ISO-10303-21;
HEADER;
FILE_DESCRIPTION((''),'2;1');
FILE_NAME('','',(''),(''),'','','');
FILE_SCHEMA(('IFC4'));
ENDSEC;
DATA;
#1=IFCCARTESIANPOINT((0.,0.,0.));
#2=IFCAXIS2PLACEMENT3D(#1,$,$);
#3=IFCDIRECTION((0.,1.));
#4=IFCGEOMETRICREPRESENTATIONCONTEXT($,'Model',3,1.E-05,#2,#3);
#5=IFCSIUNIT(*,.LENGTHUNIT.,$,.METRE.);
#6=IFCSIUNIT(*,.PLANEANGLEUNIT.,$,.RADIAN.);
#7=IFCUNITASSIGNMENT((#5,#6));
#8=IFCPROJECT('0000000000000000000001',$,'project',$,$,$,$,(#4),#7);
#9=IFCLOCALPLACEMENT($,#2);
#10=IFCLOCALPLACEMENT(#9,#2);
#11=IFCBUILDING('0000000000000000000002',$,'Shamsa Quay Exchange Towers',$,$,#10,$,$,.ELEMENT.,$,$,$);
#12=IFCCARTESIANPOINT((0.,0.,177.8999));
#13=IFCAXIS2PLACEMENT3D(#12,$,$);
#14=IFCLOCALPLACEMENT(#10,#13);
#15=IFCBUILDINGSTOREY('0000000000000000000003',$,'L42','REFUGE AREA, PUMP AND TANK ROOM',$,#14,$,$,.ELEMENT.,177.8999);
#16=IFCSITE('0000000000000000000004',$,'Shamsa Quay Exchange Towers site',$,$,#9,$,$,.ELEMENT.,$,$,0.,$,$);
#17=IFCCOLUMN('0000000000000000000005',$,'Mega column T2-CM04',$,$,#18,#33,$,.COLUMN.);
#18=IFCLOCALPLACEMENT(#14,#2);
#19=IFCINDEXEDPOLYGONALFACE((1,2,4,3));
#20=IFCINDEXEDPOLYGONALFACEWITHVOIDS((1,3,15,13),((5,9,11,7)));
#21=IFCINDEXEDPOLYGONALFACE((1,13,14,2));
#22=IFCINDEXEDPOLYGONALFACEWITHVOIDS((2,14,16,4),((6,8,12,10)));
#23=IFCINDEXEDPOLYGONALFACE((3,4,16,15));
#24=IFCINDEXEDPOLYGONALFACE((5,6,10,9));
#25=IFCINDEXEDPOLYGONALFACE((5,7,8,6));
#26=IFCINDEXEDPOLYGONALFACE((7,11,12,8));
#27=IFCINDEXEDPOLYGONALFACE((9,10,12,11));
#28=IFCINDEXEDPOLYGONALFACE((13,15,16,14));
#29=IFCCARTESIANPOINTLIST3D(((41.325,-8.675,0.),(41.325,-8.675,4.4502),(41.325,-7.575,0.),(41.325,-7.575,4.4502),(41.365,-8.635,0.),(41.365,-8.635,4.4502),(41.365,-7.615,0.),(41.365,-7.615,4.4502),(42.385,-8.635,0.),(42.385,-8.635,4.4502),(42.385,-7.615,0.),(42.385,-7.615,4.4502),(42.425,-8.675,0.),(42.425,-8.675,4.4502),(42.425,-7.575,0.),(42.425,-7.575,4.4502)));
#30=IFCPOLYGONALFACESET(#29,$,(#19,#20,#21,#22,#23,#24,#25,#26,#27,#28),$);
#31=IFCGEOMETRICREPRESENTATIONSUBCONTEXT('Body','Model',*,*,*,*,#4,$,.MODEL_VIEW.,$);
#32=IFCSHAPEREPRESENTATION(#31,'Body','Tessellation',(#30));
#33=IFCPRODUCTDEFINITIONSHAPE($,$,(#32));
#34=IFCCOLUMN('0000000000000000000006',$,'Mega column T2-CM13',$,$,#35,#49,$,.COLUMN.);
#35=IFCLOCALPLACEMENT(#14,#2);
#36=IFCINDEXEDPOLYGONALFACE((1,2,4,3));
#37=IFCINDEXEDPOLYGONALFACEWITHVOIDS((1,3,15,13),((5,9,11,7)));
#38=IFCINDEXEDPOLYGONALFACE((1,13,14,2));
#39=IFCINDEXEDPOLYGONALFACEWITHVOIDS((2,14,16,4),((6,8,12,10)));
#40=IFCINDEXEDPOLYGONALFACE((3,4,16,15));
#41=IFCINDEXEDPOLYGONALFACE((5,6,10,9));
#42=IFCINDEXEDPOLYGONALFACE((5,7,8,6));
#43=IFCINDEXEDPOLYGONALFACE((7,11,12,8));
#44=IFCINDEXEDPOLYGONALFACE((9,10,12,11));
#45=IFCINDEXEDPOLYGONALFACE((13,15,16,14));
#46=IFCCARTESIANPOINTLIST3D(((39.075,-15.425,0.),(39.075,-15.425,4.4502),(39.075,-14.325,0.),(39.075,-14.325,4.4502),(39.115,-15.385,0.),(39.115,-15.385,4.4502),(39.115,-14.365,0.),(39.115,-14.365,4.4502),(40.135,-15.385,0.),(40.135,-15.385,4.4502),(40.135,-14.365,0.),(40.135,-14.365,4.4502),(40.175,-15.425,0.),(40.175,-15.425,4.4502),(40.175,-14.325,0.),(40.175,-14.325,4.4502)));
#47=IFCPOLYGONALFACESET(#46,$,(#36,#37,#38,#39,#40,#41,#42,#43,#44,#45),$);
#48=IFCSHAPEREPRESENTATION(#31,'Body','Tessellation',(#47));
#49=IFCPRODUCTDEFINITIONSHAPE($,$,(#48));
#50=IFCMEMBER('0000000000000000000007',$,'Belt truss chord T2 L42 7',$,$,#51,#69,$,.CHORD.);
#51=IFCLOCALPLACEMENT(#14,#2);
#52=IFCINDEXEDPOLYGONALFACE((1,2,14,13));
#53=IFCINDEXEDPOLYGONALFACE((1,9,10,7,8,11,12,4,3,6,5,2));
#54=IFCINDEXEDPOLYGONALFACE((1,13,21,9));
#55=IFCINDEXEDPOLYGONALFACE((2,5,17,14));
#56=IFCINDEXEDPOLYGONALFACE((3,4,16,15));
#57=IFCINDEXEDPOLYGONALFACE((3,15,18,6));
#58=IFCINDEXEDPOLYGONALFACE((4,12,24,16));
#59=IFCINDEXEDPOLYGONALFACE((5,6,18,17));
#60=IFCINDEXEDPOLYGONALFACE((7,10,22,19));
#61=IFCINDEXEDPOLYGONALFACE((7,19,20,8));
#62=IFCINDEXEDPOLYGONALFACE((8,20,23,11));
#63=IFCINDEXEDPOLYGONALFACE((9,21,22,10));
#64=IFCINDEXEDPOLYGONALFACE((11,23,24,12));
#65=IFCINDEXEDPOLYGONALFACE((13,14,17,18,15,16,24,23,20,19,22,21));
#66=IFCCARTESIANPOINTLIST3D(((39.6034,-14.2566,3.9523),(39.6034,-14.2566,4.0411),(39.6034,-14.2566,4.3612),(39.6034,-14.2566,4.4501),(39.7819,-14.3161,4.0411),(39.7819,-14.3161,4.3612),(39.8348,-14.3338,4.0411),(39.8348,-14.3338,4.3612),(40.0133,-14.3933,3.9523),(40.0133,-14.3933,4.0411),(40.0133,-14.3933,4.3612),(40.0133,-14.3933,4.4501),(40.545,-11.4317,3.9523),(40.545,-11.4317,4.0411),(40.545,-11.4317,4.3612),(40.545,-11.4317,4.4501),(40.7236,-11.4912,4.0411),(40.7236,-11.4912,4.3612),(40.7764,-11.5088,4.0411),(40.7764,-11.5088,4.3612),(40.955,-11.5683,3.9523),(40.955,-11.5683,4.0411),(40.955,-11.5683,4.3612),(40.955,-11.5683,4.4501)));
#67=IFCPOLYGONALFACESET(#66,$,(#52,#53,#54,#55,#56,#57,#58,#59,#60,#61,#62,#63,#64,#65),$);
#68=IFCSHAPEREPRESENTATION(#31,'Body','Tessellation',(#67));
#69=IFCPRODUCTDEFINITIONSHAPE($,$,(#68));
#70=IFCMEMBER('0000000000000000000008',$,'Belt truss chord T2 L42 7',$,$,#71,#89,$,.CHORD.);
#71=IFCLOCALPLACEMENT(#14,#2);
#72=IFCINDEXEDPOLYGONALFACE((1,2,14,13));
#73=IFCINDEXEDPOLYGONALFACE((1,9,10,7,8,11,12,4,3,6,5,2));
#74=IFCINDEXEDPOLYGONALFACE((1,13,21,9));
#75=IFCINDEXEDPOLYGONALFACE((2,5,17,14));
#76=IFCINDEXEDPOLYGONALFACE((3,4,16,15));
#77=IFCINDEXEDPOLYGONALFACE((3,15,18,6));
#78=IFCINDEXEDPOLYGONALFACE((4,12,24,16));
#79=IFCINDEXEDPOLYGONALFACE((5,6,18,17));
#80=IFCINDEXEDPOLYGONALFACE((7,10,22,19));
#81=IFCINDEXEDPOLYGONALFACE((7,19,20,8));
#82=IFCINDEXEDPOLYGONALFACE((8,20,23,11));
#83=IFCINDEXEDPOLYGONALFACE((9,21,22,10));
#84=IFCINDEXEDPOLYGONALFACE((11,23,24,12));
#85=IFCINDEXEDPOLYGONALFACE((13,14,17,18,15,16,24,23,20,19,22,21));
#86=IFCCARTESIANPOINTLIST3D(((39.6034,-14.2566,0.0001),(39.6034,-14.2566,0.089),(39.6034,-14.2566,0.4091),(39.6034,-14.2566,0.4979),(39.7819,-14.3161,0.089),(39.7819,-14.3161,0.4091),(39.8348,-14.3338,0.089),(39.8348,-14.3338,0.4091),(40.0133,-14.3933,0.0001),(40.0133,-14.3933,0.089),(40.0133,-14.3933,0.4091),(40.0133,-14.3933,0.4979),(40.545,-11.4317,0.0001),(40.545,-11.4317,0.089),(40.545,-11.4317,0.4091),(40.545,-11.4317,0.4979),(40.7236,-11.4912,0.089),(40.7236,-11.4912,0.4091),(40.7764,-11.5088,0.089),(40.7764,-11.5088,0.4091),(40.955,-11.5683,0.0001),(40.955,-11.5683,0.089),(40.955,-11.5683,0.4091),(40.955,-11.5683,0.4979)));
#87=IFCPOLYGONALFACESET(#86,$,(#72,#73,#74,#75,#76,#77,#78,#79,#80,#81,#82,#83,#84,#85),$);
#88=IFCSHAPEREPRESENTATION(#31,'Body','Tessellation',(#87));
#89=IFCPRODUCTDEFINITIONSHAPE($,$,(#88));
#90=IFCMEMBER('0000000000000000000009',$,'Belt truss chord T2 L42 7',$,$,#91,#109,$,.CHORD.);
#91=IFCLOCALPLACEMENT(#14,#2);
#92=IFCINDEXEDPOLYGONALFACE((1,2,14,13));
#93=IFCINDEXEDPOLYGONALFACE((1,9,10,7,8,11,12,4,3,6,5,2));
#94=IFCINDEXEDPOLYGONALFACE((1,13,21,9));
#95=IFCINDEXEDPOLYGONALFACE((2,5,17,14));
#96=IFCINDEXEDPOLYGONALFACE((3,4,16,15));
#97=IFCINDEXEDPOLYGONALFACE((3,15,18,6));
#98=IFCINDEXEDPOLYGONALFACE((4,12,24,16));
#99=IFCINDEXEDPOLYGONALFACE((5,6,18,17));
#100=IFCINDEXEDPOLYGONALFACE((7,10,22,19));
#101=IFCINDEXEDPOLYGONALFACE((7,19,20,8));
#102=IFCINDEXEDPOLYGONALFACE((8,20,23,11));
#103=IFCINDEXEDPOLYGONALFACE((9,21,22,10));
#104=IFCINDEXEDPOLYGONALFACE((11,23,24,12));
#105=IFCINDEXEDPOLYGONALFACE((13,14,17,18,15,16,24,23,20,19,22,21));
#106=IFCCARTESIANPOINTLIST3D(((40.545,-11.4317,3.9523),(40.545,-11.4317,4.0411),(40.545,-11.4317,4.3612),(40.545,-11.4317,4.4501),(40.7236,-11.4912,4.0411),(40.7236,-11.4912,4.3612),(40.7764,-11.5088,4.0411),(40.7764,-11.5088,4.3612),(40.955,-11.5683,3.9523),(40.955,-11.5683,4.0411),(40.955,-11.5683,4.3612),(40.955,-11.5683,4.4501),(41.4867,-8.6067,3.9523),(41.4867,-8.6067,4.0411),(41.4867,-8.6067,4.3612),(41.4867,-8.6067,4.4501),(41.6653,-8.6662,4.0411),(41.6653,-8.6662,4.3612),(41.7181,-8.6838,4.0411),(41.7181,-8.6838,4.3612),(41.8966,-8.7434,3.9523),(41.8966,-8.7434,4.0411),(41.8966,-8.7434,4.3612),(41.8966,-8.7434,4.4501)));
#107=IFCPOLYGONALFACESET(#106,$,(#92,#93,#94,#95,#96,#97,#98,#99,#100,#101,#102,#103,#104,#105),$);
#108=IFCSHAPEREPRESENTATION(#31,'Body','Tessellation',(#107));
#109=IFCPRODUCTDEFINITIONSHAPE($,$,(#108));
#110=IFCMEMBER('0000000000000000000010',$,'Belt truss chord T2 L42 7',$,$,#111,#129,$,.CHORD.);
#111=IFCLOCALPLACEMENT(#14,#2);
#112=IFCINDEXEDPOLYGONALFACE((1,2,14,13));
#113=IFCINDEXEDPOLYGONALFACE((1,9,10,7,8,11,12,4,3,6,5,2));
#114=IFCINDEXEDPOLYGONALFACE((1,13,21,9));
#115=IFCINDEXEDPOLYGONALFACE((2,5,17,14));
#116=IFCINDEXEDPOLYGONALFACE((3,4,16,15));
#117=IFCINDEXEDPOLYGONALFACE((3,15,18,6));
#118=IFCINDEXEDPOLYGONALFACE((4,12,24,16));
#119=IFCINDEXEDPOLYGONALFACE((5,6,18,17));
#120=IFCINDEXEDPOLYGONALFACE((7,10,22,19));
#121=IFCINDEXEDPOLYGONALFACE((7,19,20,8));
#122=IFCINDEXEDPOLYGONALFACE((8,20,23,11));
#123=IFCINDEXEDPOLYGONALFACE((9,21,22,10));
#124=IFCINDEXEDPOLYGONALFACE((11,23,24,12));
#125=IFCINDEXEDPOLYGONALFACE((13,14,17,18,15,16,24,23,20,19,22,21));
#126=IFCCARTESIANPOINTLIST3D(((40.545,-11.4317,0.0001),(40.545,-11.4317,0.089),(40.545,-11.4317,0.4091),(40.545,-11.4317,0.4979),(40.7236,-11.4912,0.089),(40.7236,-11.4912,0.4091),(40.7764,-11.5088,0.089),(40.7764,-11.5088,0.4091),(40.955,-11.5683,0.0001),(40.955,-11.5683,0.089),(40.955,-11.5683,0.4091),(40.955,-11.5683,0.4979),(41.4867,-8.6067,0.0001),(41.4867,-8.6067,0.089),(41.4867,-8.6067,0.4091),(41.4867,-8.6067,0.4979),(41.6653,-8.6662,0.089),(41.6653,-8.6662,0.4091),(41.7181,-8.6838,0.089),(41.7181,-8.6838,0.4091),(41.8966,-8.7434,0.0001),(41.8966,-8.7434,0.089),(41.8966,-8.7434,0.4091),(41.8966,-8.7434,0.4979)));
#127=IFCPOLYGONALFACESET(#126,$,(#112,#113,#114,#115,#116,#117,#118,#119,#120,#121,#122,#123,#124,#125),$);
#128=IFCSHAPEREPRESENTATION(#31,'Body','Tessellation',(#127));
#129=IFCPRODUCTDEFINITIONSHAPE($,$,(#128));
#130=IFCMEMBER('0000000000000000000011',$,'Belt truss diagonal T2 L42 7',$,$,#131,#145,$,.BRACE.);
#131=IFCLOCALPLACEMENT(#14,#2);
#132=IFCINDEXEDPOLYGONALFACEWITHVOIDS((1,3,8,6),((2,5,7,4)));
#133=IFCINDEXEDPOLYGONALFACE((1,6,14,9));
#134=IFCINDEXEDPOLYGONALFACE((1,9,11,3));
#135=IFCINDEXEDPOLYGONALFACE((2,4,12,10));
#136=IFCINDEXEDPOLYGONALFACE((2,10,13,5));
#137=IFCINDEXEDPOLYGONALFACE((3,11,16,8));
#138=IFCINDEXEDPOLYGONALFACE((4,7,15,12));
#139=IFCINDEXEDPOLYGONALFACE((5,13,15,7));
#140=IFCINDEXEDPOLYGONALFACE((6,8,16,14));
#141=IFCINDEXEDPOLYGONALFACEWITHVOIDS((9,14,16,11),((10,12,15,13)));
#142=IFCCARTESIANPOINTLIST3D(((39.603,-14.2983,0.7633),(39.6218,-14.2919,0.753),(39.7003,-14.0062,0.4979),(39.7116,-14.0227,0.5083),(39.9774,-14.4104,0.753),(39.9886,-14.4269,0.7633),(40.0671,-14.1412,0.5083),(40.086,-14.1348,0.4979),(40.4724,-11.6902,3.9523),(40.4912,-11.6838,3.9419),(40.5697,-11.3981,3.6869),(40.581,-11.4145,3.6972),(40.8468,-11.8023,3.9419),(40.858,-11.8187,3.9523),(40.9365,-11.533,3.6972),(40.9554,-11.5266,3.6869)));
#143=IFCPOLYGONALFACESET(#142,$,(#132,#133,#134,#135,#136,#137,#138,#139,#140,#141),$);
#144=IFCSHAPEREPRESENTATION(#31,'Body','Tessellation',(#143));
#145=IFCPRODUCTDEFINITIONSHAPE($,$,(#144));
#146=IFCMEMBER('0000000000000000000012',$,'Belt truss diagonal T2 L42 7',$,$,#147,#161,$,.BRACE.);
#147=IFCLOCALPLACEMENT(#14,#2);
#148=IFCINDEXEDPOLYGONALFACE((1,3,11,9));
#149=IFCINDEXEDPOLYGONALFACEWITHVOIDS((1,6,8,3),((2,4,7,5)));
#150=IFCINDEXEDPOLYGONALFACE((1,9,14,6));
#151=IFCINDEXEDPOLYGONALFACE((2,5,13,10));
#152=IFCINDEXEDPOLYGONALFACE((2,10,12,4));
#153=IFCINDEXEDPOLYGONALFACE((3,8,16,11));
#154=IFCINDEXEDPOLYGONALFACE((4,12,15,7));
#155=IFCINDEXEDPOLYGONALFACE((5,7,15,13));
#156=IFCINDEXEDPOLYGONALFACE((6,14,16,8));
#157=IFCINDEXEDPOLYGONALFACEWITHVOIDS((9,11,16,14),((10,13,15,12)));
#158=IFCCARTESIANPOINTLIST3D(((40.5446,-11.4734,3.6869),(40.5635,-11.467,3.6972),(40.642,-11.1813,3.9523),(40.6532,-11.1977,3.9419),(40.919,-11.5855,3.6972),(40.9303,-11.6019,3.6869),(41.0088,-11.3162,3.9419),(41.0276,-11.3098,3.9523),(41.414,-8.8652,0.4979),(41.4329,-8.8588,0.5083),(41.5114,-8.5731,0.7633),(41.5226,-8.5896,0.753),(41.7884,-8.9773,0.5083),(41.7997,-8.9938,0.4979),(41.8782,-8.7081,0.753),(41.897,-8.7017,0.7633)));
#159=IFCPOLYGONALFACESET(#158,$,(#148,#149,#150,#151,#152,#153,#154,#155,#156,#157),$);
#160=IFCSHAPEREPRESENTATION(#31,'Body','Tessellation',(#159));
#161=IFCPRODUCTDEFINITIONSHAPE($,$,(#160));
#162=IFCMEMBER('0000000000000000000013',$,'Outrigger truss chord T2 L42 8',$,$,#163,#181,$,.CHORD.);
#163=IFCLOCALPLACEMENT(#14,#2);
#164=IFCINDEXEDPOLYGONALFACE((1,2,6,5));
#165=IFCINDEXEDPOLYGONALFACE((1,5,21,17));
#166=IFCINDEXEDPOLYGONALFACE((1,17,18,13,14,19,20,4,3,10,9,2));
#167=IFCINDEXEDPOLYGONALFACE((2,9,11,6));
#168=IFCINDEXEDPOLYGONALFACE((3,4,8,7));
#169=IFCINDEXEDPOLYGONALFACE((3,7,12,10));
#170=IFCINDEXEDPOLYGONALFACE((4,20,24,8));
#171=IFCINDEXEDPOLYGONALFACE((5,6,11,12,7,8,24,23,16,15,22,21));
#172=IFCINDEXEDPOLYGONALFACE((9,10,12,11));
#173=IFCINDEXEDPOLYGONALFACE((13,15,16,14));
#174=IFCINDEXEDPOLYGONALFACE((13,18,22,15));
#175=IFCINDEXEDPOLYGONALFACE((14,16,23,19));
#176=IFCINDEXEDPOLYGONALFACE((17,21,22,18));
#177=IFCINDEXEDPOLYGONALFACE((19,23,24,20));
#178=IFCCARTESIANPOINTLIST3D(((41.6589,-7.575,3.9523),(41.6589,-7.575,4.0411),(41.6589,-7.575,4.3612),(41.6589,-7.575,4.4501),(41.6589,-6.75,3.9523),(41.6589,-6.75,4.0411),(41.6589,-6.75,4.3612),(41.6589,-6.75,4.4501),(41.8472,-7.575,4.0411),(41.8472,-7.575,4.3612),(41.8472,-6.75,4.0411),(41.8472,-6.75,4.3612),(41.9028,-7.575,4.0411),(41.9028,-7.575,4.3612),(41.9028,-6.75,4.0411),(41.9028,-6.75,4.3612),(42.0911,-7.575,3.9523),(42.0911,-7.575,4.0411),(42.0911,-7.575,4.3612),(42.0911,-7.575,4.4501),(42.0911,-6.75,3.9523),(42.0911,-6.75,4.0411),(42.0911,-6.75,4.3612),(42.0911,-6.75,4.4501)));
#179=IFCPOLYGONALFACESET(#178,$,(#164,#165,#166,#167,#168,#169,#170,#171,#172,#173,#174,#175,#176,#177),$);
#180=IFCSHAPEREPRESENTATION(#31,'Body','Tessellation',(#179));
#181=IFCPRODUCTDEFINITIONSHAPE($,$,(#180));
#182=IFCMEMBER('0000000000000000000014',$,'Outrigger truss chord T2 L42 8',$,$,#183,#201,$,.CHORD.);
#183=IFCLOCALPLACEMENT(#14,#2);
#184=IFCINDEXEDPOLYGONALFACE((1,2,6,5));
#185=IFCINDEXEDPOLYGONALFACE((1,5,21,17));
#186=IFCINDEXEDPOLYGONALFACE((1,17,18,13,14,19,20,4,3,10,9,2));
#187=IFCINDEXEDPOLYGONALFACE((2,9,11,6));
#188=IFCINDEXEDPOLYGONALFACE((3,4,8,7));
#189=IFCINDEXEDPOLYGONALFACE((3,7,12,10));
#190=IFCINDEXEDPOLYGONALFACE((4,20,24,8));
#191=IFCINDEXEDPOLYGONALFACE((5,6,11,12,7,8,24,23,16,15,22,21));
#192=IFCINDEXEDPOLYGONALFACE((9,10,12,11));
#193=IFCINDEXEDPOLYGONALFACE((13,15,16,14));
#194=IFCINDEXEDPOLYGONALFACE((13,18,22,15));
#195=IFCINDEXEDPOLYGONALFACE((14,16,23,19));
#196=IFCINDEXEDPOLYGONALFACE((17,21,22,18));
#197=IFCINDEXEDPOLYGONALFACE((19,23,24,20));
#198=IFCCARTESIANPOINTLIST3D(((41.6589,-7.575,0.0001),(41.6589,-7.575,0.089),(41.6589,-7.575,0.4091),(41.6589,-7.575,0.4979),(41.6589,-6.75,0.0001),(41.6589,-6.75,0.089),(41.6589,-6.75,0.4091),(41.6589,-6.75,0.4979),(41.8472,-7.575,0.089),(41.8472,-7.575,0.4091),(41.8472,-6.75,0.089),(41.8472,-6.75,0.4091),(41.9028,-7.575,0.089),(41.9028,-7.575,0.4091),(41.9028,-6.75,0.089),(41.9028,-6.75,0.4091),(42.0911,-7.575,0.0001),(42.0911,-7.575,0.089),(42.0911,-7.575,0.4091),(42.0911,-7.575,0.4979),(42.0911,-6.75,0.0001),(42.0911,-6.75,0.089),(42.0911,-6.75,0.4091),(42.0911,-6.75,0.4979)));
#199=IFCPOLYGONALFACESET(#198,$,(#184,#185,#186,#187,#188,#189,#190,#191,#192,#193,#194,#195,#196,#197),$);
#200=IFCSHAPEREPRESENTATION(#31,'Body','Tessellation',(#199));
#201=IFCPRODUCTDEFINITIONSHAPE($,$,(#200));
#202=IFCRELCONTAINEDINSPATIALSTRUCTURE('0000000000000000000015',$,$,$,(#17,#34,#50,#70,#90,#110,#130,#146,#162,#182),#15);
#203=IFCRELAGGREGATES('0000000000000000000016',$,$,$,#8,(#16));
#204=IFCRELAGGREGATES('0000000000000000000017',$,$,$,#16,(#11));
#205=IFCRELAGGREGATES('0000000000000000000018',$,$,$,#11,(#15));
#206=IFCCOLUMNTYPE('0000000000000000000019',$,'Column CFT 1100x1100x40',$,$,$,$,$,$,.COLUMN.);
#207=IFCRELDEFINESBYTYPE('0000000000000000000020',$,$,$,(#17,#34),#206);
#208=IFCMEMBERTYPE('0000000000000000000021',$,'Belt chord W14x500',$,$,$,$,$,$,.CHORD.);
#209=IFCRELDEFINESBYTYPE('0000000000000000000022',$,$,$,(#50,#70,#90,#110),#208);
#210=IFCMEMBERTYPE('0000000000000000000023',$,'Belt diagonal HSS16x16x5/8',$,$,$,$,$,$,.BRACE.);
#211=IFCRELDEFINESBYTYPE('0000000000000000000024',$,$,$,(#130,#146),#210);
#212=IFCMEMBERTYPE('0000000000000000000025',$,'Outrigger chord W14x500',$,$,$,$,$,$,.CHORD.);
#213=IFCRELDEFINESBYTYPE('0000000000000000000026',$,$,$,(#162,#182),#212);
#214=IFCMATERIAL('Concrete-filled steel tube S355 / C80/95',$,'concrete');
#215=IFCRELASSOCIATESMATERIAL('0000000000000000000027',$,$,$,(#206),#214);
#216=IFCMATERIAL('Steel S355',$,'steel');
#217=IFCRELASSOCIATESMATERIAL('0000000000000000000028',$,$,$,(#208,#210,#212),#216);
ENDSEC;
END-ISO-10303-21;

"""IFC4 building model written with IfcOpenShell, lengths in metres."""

from ifc_helpers import new_model, si_unit, direction, frame, origin, origin_2d, place, context, subcontext, project, spatial, hollow_rectangle, i_section, extrude, material, material_profile, profile_set, type_object, element, save


model = new_model("IFC4")

# Units and contexts
model_context = context("Model", 3, precision=1e-05, world=origin(), true_north=direction((0.0, 1.0)))
body_context = subcontext(model_context, "Body", "Model", "MODEL_VIEW")
ifc_project = project(units=[si_unit("LENGTHUNIT", "METRE"), si_unit("PLANEANGLEUNIT", "RADIAN")], contexts=[model_context])

# Site, building, storey
site_placement = place(None, origin())
site = spatial("IfcSite", under=ifc_project, at=site_placement, Name="Shamsa Quay Exchange Towers site", CompositionType="ELEMENT", RefElevation=0.0)
building_placement = place(site_placement, origin())
building = spatial("IfcBuilding", under=site, at=building_placement, Name="Shamsa Quay Exchange Towers", CompositionType="ELEMENT")
storey_placement = place(building_placement, frame((0.0, 0.0, 177.8999)))
storey = spatial("IfcBuildingStorey", under=building, at=storey_placement, Name="L42", Description="REFUGE AREA, PUMP AND TANK ROOM", CompositionType="ELEMENT", Elevation=177.8999)

# Columns
ifc_material_1 = material(Name="Concrete-filled steel tube S355 / C80/95", Category="concrete")
ifc_material_profile_1 = material_profile(ifc_material_1, hollow_rectangle(XDim=1.1001, YDim=1.1001, WallThickness=0.04, at=origin_2d()), Name="CFT 1100x1100x40")
ifc_profile_set_1 = profile_set([ifc_material_profile_1], Name="Concrete-filled steel tube S355 / C80/95")
column_type = type_object("IfcColumnType", Name="Column CFT 1100x1100x40", PredefinedType="COLUMN", material=ifc_profile_set_1)
for number, where, name in (
    (1, (41.875, -8.125, 0.0), "Mega column T2-CM04"),
    (2, (39.625, -14.875, 0.0), "Mega column T2-CM13"),
):
    element("IfcColumn", number, at=place(storey_placement, frame(where)), inside=storey, type_object=column_type, Name=name, PredefinedType="COLUMN", context=body_context, shape_type="SweptSolid", body=[
        extrude(hollow_rectangle(XDim=1.1001, YDim=1.1001, WallThickness=0.04, at=origin_2d()), origin(), (0.0, 0.0, 1.0), 4.4502),
    ])

# Members
ifc_material_2 = material(Name="Steel S355", Category="steel")
ifc_material_profile_2 = material_profile(ifc_material_2, i_section(OverallWidth=0.4321, OverallDepth=0.4978, WebThickness=0.0557, FlangeThickness=0.0889, at=origin_2d()), Name="W14x500")
ifc_profile_set_2 = profile_set([ifc_material_profile_2], Name="Steel S355")
member_type_1 = type_object("IfcMemberType", Name="Belt chord W14x500", PredefinedType="CHORD", material=ifc_profile_set_2)
for number, where, z_axis, x_axis, name in (
    (3, (39.8083, -14.325, 4.2012), (0.316228, 0.948683, 0.0), (-0.948683, 0.316228, 0.0), "Belt truss chord T2 L42 7"),
    (4, (39.8083, -14.325, 0.249), (0.316228, 0.948683, 0.0), (-0.948683, 0.316228, 0.0), "Belt truss chord T2 L42 7"),
    (5, (40.75, -11.5, 4.2012), (0.316228, 0.948683, 0.0), (-0.948683, 0.316228, 0.0), "Belt truss chord T2 L42 7"),
    (6, (40.75, -11.5, 0.249), (0.316228, 0.948683, 0.0), (-0.948683, 0.316228, 0.0), "Belt truss chord T2 L42 7"),
):
    element("IfcMember", number, at=place(storey_placement, frame(where, z_axis=z_axis, x_axis=x_axis)), inside=storey, type_object=member_type_1, Name=name, PredefinedType="CHORD", context=body_context, shape_type="SweptSolid", body=[
        extrude(i_section(OverallWidth=0.4321, OverallDepth=0.4978, WebThickness=0.0557, FlangeThickness=0.0889, at=origin_2d()), origin(), (0.0, 0.0, 1.0), 2.9778),
    ])
ifc_material_profile_3 = material_profile(ifc_material_2, hollow_rectangle(XDim=0.4065, YDim=0.4065, WallThickness=0.0159, at=origin_2d()), Name="HSS16x16x5/8")
ifc_profile_set_3 = profile_set([ifc_material_profile_3], Name="Steel S355")
member_type_2 = type_object("IfcMemberType", Name="Belt diagonal HSS16x16x5/8", PredefinedType="BRACE", material=ifc_profile_set_3)
for number, where, z_axis, x_axis, name in (
    (7, (39.8445, -14.2166, 0.6306), (0.206483, 0.61945, 0.757395), (-0.948683, 0.316228, 0.0), "Belt truss diagonal T2 L42 7"),
    (8, (41.6555, -8.7834, 0.6306), (-0.206483, -0.61945, 0.757395), (0.948683, -0.316228, 0.0), "Belt truss diagonal T2 L42 7"),
):
    element("IfcMember", number, at=place(storey_placement, frame(where, z_axis=z_axis, x_axis=x_axis)), inside=storey, type_object=member_type_2, Name=name, PredefinedType="BRACE", context=body_context, shape_type="SweptSolid", body=[
        extrude(hollow_rectangle(XDim=0.4065, YDim=0.4065, WallThickness=0.0159, at=origin_2d()), origin(), (0.0, 0.0, 1.0), 4.2104),
    ])
ifc_material_profile_4 = material_profile(ifc_material_2, i_section(OverallWidth=0.4321, OverallDepth=0.4978, WebThickness=0.0557, FlangeThickness=0.0889, at=origin_2d()), Name="W14x500")
ifc_profile_set_4 = profile_set([ifc_material_profile_4], Name="Steel S355")
member_type_3 = type_object("IfcMemberType", Name="Outrigger chord W14x500", PredefinedType="CHORD", material=ifc_profile_set_4)
for number, where, z_axis, x_axis, name in (
    (9, (41.875, -7.575, 4.2012), (0.0, 1.0, 0.0), (-1.0, 0.0, 0.0), "Outrigger truss chord T2 L42 8"),
    (10, (41.875, -7.575, 0.249), (0.0, 1.0, 0.0), (-1.0, 0.0, 0.0), "Outrigger truss chord T2 L42 8"),
):
    element("IfcMember", number, at=place(storey_placement, frame(where, z_axis=z_axis, x_axis=x_axis)), inside=storey, type_object=member_type_3, Name=name, PredefinedType="CHORD", context=body_context, shape_type="SweptSolid", body=[
        extrude(i_section(OverallWidth=0.4321, OverallDepth=0.4978, WebThickness=0.0557, FlangeThickness=0.0889, at=origin_2d()), origin(), (0.0, 0.0, 1.0), 0.825),
    ])

save(model, "model.ifc")
